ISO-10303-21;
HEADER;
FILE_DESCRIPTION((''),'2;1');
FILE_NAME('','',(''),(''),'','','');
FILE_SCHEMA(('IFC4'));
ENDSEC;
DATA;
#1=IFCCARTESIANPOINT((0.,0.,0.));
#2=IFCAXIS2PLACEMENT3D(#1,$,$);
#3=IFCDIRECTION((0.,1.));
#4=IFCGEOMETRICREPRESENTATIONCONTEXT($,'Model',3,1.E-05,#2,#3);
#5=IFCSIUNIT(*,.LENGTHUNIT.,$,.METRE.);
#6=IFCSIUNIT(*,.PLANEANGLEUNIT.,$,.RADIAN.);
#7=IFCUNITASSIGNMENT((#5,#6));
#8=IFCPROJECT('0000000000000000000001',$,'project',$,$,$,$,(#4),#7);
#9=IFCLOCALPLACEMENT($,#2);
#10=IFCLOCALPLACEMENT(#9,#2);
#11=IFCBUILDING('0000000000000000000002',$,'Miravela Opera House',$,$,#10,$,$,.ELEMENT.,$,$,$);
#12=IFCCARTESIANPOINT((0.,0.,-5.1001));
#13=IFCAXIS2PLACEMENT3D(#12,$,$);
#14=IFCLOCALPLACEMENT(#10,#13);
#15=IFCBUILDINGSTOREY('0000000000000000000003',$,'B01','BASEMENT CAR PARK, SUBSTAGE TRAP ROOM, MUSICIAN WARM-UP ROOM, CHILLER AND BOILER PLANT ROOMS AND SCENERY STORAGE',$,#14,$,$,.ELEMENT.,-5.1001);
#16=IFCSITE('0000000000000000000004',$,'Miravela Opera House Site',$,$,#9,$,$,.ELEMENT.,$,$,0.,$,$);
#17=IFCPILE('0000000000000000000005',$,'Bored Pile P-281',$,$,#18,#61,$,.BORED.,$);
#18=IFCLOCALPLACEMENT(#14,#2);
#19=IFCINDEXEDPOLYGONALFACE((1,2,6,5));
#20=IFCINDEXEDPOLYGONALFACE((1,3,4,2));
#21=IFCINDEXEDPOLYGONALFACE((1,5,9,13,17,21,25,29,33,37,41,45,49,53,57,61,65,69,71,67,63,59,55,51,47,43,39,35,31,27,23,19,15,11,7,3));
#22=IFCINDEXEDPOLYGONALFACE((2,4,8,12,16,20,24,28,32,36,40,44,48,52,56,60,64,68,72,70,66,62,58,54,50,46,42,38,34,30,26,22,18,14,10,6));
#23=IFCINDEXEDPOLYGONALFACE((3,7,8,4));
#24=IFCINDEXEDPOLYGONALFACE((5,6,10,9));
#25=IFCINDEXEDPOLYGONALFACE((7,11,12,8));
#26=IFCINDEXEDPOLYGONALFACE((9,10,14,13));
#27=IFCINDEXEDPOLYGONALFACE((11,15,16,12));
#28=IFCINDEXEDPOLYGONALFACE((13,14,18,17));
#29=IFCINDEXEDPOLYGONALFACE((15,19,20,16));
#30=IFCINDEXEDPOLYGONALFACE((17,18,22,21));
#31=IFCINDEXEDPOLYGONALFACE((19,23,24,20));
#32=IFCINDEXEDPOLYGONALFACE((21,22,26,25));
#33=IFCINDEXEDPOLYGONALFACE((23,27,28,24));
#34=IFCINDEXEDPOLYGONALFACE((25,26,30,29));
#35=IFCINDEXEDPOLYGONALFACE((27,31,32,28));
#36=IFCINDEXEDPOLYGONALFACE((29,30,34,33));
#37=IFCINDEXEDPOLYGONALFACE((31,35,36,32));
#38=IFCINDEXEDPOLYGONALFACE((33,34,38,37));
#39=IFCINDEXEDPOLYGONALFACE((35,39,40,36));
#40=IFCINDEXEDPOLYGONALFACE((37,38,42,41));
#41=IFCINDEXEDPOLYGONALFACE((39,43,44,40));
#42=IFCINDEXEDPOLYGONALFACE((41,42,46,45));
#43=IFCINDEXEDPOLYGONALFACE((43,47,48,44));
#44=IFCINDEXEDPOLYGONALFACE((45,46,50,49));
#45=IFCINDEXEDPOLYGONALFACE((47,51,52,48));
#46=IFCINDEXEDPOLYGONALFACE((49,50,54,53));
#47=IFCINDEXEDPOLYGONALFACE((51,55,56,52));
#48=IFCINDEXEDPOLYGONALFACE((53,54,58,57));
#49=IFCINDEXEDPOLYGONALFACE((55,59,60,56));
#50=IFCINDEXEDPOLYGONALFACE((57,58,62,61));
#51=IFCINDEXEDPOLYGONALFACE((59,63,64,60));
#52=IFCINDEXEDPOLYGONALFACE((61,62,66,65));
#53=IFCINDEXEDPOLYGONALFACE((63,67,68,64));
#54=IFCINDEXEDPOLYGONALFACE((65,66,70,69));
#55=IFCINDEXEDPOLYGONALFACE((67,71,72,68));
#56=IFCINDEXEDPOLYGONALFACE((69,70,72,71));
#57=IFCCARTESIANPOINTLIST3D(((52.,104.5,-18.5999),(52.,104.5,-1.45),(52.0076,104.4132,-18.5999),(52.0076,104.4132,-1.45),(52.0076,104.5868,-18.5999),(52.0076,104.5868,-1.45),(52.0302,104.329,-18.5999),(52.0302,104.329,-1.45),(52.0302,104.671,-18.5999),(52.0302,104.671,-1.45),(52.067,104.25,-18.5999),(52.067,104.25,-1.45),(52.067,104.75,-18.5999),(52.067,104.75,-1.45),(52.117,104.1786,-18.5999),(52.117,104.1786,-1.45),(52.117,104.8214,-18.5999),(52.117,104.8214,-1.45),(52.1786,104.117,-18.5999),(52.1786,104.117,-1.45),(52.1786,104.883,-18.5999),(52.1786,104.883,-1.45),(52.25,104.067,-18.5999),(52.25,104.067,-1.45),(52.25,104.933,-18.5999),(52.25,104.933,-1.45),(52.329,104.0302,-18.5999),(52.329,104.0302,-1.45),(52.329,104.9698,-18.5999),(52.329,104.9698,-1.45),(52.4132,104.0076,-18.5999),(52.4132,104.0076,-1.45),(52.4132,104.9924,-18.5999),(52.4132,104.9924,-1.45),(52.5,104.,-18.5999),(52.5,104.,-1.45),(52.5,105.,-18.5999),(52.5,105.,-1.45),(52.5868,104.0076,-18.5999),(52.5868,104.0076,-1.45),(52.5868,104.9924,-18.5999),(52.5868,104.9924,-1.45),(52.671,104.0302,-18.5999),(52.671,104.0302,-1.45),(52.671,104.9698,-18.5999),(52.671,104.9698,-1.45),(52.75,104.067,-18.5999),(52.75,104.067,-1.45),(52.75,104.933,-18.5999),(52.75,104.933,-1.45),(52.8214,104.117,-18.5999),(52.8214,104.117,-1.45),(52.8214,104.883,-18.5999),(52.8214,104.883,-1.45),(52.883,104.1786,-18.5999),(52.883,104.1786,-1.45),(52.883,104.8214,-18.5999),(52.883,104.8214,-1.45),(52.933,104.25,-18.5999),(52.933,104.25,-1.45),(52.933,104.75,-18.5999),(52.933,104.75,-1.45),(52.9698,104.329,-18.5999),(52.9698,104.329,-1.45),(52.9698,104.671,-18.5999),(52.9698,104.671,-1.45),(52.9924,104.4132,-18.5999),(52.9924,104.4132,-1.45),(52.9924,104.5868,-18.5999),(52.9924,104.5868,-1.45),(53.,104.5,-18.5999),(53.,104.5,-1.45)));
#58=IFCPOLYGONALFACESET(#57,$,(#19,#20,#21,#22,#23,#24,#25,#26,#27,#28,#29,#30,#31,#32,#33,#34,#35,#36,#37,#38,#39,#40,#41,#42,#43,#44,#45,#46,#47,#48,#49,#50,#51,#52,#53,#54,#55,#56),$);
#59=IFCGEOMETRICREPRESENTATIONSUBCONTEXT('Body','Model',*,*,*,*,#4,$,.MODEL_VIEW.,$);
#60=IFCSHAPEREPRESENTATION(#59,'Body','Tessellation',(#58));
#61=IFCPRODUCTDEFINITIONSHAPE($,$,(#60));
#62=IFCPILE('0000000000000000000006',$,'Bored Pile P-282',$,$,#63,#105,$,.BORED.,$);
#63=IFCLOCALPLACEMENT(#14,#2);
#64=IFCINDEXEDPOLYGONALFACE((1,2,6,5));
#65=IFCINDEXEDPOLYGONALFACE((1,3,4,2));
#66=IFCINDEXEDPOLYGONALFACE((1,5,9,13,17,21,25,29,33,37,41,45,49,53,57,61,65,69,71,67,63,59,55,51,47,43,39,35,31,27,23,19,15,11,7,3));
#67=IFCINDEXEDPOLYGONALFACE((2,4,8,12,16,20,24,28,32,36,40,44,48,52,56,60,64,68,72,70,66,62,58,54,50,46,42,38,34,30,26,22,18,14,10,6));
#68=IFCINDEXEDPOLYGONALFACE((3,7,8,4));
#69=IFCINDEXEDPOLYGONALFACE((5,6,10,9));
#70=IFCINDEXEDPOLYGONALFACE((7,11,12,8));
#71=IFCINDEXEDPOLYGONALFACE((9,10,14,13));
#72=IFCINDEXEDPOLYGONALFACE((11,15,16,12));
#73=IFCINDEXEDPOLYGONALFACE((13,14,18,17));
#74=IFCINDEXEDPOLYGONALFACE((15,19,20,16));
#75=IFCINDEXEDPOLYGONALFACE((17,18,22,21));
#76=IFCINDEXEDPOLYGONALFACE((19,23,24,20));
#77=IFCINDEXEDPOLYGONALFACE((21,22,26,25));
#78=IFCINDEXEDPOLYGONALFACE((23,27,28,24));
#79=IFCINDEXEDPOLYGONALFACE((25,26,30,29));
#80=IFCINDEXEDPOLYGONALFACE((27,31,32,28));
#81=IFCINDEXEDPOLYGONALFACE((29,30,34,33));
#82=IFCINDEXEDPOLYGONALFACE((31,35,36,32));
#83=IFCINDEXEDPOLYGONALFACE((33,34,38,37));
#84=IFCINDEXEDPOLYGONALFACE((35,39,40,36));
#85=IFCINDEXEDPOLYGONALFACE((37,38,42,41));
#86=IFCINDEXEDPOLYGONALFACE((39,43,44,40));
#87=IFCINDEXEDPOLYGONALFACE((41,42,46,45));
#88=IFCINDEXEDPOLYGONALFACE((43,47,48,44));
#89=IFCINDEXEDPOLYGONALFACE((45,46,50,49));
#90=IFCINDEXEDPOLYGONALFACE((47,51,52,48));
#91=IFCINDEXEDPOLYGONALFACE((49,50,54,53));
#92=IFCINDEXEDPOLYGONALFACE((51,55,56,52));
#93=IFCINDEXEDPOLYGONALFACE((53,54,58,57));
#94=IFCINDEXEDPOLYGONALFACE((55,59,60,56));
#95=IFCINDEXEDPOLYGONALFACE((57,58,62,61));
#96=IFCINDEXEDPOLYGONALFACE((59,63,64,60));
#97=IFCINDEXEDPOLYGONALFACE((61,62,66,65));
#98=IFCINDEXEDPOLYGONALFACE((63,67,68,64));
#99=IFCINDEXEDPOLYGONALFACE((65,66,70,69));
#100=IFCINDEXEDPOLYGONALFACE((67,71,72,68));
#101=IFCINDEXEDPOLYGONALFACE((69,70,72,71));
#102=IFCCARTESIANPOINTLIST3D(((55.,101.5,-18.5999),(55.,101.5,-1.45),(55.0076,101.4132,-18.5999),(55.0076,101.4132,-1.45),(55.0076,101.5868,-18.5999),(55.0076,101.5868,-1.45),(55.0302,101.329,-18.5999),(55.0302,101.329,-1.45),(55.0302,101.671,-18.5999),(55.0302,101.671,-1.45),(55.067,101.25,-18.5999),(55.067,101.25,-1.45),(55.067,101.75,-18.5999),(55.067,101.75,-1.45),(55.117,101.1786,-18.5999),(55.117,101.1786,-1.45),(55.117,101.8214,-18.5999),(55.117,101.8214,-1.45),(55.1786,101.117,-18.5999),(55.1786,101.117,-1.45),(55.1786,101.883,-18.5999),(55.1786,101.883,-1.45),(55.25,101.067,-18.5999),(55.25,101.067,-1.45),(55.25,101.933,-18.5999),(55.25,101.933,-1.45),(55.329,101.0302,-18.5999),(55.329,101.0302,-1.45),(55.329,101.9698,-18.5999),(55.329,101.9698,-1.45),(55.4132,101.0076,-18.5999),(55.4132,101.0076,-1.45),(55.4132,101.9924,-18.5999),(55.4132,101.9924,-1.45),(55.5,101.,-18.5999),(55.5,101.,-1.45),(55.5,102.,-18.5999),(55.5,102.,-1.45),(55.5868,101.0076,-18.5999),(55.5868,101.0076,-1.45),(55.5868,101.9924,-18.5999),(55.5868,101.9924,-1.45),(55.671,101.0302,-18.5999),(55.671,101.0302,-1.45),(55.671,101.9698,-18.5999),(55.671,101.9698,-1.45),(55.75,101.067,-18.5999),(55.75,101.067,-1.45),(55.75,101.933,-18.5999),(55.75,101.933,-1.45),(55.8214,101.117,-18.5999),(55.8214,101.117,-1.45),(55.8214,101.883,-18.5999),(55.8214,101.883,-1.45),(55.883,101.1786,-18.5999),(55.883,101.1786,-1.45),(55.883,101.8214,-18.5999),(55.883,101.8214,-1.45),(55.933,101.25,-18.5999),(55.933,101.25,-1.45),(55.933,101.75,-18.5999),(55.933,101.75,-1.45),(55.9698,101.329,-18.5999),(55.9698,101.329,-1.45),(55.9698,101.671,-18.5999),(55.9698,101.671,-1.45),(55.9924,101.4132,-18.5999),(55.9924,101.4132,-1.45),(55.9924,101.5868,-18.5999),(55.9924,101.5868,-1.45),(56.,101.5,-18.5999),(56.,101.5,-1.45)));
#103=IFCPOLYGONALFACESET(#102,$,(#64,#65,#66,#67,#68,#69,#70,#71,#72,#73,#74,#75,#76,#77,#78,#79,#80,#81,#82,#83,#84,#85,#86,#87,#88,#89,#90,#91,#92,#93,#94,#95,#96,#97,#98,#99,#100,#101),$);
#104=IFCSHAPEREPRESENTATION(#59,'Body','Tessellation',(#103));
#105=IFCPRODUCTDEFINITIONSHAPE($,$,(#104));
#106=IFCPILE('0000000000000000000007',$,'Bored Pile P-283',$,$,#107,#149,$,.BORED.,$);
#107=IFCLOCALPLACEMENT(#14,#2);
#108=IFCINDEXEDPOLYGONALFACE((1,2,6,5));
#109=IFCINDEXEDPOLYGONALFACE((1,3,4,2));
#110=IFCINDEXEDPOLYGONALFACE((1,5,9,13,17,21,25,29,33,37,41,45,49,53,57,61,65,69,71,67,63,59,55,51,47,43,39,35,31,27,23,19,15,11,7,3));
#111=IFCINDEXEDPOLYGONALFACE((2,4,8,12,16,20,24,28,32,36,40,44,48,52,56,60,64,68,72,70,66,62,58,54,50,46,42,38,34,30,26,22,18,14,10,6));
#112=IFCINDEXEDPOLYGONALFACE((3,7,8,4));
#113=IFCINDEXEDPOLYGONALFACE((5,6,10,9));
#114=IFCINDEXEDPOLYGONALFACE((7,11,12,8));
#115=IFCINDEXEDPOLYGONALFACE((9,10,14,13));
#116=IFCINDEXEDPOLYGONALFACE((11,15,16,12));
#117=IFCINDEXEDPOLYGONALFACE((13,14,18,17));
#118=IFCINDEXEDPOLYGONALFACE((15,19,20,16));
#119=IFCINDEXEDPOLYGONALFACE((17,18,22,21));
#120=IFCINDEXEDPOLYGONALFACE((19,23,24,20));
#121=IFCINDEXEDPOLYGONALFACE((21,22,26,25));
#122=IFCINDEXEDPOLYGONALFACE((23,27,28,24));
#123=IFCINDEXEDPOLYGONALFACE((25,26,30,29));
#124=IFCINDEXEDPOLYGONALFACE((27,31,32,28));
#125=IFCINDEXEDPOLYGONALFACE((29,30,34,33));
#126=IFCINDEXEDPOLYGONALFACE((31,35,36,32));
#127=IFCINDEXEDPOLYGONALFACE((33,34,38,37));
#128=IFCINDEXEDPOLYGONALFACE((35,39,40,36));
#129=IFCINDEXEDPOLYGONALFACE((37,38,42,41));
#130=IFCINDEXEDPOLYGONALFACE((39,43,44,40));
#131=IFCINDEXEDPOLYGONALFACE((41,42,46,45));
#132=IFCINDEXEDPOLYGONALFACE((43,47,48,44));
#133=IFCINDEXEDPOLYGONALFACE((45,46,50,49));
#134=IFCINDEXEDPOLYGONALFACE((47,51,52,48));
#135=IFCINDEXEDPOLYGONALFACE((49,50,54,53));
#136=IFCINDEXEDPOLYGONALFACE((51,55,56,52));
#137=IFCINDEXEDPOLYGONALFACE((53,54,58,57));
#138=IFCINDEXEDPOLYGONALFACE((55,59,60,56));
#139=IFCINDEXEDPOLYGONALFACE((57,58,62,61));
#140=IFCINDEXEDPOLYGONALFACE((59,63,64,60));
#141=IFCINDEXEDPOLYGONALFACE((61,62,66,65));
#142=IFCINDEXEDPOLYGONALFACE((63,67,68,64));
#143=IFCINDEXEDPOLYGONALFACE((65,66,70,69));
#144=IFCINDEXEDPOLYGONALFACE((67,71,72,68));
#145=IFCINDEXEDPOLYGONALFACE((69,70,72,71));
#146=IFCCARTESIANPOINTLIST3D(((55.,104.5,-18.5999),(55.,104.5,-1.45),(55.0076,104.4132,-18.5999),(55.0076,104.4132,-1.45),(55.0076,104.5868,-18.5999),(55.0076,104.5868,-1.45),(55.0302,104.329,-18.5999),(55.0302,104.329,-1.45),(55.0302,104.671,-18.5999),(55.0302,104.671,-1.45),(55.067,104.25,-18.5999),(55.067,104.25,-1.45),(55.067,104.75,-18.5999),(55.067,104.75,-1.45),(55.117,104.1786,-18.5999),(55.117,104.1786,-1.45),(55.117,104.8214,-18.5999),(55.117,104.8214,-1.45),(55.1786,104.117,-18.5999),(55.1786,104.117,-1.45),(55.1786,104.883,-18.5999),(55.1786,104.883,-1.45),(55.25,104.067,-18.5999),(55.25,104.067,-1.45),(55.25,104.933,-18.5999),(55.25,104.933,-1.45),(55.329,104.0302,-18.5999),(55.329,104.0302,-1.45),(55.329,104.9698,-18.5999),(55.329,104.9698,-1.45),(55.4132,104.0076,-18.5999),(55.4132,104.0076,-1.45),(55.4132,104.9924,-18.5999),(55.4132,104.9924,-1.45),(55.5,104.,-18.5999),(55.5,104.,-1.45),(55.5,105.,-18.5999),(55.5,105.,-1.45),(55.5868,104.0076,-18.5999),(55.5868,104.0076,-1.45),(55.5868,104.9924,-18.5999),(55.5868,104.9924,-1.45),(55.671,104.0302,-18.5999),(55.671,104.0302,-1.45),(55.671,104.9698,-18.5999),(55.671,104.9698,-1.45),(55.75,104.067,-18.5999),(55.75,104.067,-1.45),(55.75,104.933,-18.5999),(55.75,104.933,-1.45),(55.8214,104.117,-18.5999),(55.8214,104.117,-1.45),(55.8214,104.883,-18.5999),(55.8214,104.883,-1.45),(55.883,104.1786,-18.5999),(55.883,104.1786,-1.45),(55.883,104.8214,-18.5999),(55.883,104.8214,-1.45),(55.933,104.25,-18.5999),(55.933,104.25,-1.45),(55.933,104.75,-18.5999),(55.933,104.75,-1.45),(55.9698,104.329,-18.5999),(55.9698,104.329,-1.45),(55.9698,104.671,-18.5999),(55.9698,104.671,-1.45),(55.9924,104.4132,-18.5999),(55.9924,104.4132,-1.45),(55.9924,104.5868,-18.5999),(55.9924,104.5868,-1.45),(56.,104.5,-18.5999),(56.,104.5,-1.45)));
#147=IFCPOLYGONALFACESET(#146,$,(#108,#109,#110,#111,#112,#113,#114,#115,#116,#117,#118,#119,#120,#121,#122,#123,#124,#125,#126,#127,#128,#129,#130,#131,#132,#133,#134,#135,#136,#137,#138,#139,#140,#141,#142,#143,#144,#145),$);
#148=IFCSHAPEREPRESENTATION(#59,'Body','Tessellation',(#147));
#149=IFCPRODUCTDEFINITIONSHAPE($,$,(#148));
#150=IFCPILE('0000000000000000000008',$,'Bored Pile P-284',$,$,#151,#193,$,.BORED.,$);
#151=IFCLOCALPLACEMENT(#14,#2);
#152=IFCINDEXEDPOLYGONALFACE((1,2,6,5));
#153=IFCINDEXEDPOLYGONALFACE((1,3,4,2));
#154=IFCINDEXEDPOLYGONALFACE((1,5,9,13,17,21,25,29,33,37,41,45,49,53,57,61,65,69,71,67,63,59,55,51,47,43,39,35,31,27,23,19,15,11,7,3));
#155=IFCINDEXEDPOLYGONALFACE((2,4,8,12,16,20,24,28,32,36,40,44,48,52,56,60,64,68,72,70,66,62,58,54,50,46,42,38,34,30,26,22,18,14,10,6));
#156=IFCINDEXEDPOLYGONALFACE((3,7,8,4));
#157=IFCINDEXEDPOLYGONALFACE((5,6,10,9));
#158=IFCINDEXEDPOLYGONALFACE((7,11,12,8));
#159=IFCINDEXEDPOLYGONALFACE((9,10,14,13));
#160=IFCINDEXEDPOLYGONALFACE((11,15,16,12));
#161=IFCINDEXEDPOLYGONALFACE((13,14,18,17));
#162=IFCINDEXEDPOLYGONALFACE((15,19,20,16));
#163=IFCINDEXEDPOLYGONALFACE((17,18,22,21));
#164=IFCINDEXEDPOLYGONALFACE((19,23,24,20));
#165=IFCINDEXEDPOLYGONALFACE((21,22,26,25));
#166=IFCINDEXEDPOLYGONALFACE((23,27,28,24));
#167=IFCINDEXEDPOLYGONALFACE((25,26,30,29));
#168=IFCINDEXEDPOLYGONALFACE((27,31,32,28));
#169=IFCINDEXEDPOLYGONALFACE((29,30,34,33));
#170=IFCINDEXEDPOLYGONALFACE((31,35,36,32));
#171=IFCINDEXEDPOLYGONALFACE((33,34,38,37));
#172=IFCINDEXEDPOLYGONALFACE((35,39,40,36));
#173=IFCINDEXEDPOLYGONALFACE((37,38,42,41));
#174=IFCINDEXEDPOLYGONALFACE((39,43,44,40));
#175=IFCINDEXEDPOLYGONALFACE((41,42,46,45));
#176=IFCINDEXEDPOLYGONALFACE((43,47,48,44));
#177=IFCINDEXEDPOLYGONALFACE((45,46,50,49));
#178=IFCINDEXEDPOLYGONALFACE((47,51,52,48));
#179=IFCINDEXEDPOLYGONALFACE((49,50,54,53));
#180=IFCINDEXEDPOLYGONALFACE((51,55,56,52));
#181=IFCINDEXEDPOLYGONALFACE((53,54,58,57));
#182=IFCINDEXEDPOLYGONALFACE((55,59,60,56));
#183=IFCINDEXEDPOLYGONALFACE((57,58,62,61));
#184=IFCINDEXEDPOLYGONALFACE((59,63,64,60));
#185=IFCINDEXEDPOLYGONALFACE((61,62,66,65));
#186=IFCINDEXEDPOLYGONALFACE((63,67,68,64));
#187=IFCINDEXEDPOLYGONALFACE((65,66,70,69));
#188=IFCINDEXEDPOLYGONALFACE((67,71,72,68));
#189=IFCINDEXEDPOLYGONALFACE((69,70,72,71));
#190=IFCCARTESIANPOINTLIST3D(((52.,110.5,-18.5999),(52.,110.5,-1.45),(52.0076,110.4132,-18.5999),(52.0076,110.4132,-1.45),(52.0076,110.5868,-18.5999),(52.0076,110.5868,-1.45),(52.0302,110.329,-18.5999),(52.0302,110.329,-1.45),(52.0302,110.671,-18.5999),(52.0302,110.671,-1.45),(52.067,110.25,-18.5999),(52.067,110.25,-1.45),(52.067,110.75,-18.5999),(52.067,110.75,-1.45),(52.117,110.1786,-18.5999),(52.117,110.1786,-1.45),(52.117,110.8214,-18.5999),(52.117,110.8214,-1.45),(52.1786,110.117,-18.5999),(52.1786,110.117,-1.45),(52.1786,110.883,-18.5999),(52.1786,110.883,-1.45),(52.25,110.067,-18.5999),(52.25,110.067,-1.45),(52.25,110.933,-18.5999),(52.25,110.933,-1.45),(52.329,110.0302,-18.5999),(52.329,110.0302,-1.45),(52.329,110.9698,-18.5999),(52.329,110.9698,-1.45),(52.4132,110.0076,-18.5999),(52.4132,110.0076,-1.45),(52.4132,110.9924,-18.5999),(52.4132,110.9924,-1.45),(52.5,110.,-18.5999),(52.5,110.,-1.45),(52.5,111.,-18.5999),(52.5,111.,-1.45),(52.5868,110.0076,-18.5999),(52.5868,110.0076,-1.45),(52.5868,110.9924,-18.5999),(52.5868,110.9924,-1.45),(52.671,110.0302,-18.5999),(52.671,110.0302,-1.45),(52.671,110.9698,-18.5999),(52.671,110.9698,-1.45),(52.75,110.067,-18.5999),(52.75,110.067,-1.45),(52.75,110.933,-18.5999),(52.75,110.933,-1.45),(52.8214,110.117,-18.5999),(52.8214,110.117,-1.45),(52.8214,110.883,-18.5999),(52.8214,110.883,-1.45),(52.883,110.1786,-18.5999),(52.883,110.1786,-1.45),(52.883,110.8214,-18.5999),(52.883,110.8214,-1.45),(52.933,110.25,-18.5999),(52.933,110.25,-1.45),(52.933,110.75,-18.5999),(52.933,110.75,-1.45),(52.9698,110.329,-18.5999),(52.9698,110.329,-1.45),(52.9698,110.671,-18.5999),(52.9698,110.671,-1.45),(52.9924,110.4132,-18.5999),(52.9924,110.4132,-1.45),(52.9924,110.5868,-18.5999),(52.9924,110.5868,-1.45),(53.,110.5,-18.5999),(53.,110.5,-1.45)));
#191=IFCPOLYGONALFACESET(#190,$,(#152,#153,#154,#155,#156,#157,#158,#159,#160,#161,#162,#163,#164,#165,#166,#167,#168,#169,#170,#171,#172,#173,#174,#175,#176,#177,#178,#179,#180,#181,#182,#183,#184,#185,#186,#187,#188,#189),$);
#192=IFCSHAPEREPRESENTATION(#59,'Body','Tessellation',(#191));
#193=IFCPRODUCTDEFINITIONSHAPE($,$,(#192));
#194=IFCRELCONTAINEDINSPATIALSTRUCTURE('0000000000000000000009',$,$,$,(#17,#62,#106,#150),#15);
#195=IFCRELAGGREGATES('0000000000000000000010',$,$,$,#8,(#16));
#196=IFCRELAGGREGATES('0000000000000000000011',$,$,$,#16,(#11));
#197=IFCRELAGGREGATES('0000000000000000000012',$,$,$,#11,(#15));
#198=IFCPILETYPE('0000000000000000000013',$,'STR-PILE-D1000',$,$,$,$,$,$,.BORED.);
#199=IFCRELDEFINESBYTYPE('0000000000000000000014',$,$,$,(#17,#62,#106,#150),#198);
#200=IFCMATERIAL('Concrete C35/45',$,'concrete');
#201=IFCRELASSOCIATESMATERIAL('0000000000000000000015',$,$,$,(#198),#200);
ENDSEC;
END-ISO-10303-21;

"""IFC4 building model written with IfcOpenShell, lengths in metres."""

from ifc_helpers import new_model, si_unit, direction, frame, origin, origin_2d, place, context, subcontext, project, spatial, circle, extrude, material, material_profile, profile_set, type_object, element, save


model = new_model("IFC4")

# Units and contexts
model_context = context("Model", 3, precision=1e-05, world=origin(), true_north=direction((0.0, 1.0)))
body_context = subcontext(model_context, "Body", "Model", "MODEL_VIEW")
ifc_project = project(units=[si_unit("LENGTHUNIT", "METRE"), si_unit("PLANEANGLEUNIT", "RADIAN")], contexts=[model_context])

# Site, building, storey
site_placement = place(None, origin())
site = spatial("IfcSite", under=ifc_project, at=site_placement, Name="Miravela Opera House Site", CompositionType="ELEMENT", RefElevation=0.0)
building_placement = place(site_placement, origin())
building = spatial("IfcBuilding", under=site, at=building_placement, Name="Miravela Opera House", CompositionType="ELEMENT")
storey_placement = place(building_placement, frame((0.0, 0.0, -5.1001)))
storey = spatial("IfcBuildingStorey", under=building, at=storey_placement, Name="B01", Description="BASEMENT CAR PARK, SUBSTAGE TRAP ROOM, MUSICIAN WARM-UP ROOM, CHILLER AND BOILER PLANT ROOMS AND SCENERY STORAGE", CompositionType="ELEMENT", Elevation=-5.1001)

# Shared definitions
ifc_material_1 = material(Name="Concrete C35/45", Category="concrete")

# Piles
ifc_material_profile_1 = material_profile(ifc_material_1, circle(Radius=0.5, at=origin_2d()), Name="PILE-D1000")
ifc_profile_set_1 = profile_set([ifc_material_profile_1])
pile_type = type_object("IfcPileType", Name="STR-PILE-D1000", PredefinedType="BORED", material=ifc_profile_set_1)
for number, where, z_axis, x_axis, name in (
    (1, (52.5, 104.5, -1.45), (0.0, 0.0, -1.0), (1.0, 0.0, 0.0), "Bored Pile P-281"),
    (2, (55.5, 101.5, -1.45), (0.0, 0.0, -1.0), (1.0, 0.0, 0.0), "Bored Pile P-282"),
    (3, (55.5, 104.5, -1.45), (0.0, 0.0, -1.0), (1.0, 0.0, 0.0), "Bored Pile P-283"),
    (4, (52.5, 110.5, -1.45), (0.0, 0.0, -1.0), (1.0, 0.0, 0.0), "Bored Pile P-284"),
):
    element("IfcPile", number, at=place(storey_placement, frame(where, z_axis=z_axis, x_axis=x_axis)), inside=storey, type_object=pile_type, Name=name, PredefinedType="BORED", context=body_context, shape_type="SweptSolid", body=[
        extrude(circle(Radius=0.5, at=origin_2d()), origin(), (0.0, 0.0, 1.0), 17.1499),
    ])

save(model, "model.ifc")
